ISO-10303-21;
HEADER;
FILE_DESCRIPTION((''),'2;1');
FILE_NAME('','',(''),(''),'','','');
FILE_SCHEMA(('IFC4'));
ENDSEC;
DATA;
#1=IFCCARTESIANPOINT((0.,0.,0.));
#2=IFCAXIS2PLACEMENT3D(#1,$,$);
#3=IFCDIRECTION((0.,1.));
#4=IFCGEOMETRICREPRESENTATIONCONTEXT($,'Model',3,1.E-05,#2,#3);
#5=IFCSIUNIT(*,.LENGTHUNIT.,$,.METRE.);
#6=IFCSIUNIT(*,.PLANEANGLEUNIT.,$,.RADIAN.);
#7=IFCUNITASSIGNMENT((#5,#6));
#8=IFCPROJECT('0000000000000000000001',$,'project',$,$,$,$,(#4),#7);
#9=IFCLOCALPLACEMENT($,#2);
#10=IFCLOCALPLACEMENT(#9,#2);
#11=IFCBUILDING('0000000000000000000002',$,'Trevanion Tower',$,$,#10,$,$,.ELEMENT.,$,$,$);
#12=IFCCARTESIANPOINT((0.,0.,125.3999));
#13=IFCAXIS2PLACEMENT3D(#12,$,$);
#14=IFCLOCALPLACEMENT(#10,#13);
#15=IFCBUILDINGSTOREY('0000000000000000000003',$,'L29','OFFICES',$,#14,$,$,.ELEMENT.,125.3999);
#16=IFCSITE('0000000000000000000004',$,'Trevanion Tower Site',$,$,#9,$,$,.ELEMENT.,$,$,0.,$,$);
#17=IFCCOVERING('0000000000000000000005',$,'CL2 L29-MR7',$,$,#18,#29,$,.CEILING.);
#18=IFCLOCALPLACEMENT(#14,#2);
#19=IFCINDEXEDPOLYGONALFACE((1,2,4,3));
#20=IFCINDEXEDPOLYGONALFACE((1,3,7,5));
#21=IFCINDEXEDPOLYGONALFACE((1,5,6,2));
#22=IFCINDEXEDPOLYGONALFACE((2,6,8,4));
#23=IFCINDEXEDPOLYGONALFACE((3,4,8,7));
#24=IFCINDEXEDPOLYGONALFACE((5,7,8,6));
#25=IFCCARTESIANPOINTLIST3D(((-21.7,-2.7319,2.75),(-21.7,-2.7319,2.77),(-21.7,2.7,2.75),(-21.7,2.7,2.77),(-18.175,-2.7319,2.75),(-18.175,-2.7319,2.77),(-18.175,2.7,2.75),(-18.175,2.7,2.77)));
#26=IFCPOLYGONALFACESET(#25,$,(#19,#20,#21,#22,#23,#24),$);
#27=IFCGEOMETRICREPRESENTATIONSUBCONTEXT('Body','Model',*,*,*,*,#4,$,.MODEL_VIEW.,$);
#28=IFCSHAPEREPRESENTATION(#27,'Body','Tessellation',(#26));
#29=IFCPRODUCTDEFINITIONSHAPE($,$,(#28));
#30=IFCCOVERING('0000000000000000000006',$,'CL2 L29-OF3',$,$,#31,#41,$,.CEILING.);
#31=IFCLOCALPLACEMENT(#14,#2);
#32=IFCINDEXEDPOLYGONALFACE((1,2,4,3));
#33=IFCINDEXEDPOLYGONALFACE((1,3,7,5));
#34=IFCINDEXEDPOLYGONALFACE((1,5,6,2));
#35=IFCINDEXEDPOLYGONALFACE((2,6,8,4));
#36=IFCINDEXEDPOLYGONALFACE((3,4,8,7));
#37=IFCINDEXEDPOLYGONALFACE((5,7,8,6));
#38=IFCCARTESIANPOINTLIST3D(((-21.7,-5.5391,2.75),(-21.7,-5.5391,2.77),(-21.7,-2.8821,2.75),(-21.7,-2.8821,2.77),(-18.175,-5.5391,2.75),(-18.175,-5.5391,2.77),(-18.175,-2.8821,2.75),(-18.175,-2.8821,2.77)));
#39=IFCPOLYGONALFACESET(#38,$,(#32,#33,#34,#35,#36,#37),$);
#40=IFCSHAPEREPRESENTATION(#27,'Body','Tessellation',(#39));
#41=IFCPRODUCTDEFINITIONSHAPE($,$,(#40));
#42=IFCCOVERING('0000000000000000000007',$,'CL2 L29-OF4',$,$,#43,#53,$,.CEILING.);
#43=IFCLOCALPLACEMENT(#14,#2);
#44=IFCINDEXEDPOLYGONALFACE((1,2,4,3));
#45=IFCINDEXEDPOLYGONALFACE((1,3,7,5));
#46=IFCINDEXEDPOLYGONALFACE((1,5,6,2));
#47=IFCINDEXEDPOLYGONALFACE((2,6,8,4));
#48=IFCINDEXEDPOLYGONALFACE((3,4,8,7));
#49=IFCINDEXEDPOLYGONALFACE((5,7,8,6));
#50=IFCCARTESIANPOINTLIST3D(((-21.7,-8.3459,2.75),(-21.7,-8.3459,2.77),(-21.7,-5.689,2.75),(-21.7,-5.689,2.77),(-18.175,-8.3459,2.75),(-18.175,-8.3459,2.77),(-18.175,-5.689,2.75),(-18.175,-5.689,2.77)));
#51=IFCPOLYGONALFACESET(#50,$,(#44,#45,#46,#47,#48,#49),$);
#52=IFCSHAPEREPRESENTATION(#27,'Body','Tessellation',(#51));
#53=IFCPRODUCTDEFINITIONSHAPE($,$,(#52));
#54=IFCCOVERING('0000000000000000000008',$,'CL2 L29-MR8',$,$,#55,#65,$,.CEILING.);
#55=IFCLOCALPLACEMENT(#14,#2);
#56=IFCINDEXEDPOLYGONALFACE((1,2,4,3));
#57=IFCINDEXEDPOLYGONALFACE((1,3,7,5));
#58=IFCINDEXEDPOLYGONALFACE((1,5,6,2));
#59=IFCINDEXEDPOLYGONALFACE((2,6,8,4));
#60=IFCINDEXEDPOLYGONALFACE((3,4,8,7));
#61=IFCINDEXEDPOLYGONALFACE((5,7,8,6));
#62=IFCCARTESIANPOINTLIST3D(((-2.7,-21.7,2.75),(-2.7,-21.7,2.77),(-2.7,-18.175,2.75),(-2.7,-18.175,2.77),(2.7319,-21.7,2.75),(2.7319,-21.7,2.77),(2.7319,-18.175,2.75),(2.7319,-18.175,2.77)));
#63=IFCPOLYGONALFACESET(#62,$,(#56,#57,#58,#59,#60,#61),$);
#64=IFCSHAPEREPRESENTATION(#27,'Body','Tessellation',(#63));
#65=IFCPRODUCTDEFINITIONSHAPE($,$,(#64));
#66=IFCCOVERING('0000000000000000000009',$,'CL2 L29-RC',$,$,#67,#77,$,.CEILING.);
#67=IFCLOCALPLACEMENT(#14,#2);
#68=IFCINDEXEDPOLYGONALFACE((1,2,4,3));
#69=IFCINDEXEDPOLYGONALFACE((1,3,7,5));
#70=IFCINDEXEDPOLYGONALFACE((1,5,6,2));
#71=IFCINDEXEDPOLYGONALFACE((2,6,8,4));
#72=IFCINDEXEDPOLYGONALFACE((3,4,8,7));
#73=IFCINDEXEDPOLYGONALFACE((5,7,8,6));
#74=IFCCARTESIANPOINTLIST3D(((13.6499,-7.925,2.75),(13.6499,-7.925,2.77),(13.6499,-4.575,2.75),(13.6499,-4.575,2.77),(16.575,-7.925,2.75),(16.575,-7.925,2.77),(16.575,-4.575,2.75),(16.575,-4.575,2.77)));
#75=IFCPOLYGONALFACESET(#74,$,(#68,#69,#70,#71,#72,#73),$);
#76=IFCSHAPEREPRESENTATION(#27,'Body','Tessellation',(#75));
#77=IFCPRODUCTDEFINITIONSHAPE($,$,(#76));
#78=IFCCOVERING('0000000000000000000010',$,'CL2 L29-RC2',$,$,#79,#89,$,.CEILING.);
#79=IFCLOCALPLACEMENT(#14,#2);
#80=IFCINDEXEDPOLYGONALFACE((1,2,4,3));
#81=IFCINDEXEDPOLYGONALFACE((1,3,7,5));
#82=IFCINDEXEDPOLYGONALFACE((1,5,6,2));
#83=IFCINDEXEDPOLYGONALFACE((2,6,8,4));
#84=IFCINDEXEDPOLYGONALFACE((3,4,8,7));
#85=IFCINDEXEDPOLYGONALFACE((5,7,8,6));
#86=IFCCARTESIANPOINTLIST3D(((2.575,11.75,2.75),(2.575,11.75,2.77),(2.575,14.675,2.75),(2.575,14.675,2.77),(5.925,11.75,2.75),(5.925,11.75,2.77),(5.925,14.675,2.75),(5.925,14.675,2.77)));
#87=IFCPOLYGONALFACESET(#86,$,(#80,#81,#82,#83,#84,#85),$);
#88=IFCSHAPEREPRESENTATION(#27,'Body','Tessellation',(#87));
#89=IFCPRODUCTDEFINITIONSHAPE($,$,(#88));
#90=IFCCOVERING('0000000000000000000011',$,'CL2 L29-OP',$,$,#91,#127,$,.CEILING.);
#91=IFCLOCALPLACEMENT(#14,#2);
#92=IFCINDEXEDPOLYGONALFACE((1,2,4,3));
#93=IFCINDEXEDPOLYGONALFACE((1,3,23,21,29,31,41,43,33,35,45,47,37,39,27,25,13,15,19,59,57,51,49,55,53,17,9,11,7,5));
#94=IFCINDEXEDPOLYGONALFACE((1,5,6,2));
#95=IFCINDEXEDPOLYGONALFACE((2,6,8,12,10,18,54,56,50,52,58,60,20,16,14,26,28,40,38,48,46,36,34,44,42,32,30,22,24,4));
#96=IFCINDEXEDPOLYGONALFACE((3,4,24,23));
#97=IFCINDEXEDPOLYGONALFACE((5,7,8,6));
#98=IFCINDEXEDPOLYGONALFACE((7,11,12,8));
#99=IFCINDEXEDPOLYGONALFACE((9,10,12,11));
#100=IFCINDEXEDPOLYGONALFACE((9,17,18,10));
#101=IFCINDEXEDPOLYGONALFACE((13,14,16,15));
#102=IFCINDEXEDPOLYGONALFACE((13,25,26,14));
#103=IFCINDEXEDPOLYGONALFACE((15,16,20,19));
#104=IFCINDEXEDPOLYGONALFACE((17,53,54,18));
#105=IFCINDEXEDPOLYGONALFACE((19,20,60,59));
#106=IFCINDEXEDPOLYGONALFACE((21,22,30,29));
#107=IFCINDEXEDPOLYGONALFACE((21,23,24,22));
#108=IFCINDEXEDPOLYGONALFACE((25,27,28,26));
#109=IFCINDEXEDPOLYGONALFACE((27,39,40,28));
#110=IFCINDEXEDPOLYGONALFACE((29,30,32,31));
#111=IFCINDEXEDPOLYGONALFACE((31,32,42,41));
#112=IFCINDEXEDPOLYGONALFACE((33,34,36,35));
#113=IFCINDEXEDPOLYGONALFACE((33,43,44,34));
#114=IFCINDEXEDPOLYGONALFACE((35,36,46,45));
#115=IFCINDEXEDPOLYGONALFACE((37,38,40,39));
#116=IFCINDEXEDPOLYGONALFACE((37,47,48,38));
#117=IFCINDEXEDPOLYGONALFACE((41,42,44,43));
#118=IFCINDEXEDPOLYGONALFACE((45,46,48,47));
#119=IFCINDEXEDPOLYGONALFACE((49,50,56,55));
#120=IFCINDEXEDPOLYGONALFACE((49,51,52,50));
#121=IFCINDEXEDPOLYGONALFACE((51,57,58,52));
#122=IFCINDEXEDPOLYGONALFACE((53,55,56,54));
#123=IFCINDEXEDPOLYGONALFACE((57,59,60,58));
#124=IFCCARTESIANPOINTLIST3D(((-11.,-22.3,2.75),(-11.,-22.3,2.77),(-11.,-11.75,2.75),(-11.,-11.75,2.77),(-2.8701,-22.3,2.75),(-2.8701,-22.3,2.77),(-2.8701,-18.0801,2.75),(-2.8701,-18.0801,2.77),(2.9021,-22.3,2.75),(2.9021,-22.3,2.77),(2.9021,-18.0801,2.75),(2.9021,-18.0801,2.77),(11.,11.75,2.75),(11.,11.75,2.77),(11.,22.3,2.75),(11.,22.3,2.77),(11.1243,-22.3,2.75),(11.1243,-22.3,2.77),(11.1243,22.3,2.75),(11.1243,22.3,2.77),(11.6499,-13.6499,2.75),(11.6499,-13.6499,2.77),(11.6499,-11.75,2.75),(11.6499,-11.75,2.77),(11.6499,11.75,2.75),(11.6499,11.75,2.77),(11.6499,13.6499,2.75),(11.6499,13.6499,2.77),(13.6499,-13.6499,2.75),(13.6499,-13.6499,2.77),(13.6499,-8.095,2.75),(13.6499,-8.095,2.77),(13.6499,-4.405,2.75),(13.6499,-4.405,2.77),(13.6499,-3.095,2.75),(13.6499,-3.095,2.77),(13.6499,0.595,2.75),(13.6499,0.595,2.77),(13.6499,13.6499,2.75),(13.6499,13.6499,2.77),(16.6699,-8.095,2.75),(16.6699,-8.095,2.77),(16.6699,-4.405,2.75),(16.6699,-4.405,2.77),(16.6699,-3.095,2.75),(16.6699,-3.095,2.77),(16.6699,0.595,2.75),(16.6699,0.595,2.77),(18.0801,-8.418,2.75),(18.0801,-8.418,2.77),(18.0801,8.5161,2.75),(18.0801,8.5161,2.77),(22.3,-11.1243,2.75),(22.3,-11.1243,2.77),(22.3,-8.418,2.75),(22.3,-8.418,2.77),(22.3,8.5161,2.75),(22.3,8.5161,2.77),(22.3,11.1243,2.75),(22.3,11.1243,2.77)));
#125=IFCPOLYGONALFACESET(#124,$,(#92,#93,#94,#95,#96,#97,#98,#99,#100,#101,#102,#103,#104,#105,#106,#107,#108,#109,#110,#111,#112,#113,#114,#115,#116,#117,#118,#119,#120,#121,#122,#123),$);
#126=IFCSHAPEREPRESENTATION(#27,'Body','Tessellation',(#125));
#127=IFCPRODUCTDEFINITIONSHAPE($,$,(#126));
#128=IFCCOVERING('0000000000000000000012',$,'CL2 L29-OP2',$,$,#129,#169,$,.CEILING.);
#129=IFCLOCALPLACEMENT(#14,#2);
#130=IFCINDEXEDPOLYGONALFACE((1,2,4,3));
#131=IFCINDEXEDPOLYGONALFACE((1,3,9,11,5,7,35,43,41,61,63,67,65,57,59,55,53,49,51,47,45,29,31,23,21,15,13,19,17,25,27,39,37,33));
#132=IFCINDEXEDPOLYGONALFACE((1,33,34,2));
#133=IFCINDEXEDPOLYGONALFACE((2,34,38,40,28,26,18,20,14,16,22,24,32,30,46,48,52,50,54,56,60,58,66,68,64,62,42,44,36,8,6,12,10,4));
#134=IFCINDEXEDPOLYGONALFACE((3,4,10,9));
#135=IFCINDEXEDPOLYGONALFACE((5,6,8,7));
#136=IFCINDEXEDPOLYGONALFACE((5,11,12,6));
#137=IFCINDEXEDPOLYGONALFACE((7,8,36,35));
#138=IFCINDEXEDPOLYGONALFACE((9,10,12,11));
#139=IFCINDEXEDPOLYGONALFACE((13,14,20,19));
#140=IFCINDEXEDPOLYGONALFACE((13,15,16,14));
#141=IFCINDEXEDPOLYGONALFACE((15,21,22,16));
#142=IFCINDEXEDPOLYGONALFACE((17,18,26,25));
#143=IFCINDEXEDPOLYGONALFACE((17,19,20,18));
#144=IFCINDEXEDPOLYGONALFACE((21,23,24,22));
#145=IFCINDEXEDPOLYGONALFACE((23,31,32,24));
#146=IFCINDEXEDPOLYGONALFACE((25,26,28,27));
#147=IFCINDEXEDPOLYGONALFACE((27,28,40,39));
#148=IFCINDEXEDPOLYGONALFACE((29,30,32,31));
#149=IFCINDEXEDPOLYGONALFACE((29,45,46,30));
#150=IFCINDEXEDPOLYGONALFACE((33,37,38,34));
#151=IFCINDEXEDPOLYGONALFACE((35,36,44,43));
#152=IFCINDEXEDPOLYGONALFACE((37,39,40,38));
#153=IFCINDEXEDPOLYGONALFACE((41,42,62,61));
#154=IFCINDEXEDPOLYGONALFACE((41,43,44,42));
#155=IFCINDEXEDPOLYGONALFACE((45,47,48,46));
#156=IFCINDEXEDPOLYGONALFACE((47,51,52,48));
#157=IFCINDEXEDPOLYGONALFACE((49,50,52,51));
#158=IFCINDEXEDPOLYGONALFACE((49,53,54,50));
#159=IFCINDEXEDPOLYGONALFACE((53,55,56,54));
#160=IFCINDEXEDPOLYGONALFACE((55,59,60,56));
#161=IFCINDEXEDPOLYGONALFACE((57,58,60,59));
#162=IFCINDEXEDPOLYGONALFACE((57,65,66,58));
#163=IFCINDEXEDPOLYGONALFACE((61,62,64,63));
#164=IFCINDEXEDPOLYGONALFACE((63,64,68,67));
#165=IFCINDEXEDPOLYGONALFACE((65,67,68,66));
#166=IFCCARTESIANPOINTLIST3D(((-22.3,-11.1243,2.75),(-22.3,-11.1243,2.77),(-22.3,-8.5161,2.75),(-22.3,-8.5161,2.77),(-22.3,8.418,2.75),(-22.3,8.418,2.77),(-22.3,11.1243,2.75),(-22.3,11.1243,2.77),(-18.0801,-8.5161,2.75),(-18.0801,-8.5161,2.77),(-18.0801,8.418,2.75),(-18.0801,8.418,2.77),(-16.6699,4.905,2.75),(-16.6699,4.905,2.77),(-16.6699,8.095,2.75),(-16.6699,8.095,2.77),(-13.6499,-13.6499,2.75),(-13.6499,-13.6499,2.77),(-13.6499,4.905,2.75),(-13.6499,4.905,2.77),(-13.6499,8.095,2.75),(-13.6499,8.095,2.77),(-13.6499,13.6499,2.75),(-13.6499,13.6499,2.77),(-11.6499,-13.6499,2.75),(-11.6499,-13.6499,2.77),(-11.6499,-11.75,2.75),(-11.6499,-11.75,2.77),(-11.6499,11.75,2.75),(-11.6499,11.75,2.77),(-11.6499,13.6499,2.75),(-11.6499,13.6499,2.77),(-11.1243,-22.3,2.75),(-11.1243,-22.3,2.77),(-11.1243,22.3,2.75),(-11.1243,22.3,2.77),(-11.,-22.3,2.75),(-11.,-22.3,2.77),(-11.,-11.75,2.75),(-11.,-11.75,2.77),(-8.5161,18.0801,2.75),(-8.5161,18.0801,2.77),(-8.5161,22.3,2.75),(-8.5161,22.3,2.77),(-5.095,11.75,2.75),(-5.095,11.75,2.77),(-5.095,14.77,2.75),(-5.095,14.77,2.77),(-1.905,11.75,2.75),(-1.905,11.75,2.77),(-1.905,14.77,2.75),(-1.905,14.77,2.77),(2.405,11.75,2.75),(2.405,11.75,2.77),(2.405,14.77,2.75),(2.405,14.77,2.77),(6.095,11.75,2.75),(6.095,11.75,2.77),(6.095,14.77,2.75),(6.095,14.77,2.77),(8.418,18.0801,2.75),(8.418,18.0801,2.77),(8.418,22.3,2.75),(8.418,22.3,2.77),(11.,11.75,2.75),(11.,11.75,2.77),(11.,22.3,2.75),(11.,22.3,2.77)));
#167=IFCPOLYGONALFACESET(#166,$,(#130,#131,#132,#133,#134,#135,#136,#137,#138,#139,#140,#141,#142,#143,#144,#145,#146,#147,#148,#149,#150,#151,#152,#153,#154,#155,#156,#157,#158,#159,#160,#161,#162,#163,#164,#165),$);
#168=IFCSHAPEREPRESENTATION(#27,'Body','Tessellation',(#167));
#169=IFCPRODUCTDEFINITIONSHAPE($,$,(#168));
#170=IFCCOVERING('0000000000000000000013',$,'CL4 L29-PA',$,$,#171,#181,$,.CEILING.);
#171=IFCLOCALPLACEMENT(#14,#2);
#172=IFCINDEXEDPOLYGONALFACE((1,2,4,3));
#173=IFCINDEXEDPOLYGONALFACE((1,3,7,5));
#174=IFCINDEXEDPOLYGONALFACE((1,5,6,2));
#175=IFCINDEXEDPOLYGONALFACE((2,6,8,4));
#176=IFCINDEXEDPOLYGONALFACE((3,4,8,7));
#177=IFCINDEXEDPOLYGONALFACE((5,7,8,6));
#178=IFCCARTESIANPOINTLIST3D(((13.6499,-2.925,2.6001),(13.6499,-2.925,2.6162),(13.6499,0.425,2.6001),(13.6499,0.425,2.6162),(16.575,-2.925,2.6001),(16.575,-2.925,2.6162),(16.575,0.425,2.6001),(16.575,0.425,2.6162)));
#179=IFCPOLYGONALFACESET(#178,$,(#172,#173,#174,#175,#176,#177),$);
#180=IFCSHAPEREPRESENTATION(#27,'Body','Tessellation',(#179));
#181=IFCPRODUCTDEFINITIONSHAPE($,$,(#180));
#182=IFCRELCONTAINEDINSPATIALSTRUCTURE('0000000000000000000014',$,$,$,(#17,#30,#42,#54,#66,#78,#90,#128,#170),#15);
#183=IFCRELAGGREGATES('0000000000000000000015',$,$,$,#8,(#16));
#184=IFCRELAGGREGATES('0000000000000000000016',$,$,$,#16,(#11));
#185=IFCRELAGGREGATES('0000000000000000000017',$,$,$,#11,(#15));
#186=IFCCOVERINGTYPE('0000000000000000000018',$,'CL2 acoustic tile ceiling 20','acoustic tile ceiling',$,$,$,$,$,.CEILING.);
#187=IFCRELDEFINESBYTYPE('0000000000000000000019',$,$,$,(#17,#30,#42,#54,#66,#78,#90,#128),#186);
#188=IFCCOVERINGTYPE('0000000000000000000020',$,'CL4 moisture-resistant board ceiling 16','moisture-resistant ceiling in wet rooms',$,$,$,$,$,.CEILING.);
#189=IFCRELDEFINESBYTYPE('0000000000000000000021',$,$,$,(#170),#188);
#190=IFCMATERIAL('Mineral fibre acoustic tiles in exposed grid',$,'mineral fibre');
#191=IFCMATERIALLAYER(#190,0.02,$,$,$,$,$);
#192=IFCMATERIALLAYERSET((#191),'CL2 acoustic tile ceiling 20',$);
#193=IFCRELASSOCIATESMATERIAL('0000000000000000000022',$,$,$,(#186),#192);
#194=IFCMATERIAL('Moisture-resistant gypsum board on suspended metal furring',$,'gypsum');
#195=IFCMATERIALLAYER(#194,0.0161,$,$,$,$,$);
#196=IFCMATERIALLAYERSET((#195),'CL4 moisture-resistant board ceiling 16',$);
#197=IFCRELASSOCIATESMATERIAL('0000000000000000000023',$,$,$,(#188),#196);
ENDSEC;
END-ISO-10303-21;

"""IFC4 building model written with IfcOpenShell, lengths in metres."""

from ifc_helpers import new_model, si_unit, direction, frame, origin, place, context, subcontext, project, spatial, polyline, outline, extrude, material, layer, layer_set, type_object, element, save


model = new_model("IFC4")

# Units and contexts
model_context = context("Model", 3, precision=1e-05, world=origin(), true_north=direction((0.0, 1.0)))
body_context = subcontext(model_context, "Body", "Model", "MODEL_VIEW")
ifc_project = project(units=[si_unit("LENGTHUNIT", "METRE"), si_unit("PLANEANGLEUNIT", "RADIAN")], contexts=[model_context])

# Site, building, storey
site_placement = place(None, origin())
site = spatial("IfcSite", under=ifc_project, at=site_placement, Name="Trevanion Tower Site", CompositionType="ELEMENT", RefElevation=0.0)
building_placement = place(site_placement, origin())
building = spatial("IfcBuilding", under=site, at=building_placement, Name="Trevanion Tower", CompositionType="ELEMENT")
storey_placement = place(building_placement, frame((0.0, 0.0, 125.3999)))
storey = spatial("IfcBuildingStorey", under=building, at=storey_placement, Name="L29", Description="OFFICES", CompositionType="ELEMENT", Elevation=125.3999)

# Coverings
ifc_material_1 = material(Name="Mineral fibre acoustic tiles in exposed grid", Category="mineral fibre")
ifc_layer_1 = layer(ifc_material_1, 0.02)
ifc_layer_set_1 = layer_set([ifc_layer_1], Name="CL2 acoustic tile ceiling 20")
covering_type_1 = type_object("IfcCoveringType", Name="CL2 acoustic tile ceiling 20", Description="acoustic tile ceiling", PredefinedType="CEILING", material=ifc_layer_set_1)
covering_1_placement = place(storey_placement, frame((0.0, 0.0, 2.75)))
element("IfcCovering", 1, at=covering_1_placement, inside=storey, type_object=covering_type_1, Name="CL2 L29-MR7", PredefinedType="CEILING", context=body_context, shape_type="SweptSolid", body=[
    extrude(outline(polyline([(-18.175, 2.7), (-18.175, -2.7319), (-21.7, -2.7319), (-21.7, 2.7), (-18.175, 2.7)])), origin(), (0.0, 0.0, 1.0), 0.02),
])
covering_2_placement = place(storey_placement, frame((0.0, 0.0, 2.75)))
element("IfcCovering", 2, at=covering_2_placement, inside=storey, type_object=covering_type_1, Name="CL2 L29-OF3", PredefinedType="CEILING", context=body_context, shape_type="SweptSolid", body=[
    extrude(outline(polyline([(-18.175, -2.8821), (-18.175, -5.5391), (-21.7, -5.5391), (-21.7, -2.8821), (-18.175, -2.8821)])), origin(), (0.0, 0.0, 1.0), 0.02),
])
covering_3_placement = place(storey_placement, frame((0.0, 0.0, 2.75)))
element("IfcCovering", 3, at=covering_3_placement, inside=storey, type_object=covering_type_1, Name="CL2 L29-OF4", PredefinedType="CEILING", context=body_context, shape_type="SweptSolid", body=[
    extrude(outline(polyline([(-18.175, -5.689), (-18.175, -8.3459), (-21.7, -8.3459), (-21.7, -5.689), (-18.175, -5.689)])), origin(), (0.0, 0.0, 1.0), 0.02),
])
covering_4_placement = place(storey_placement, frame((0.0, 0.0, 2.75)))
element("IfcCovering", 4, at=covering_4_placement, inside=storey, type_object=covering_type_1, Name="CL2 L29-MR8", PredefinedType="CEILING", context=body_context, shape_type="SweptSolid", body=[
    extrude(outline(polyline([(-2.7, -18.175), (2.7319, -18.175), (2.7319, -21.7), (-2.7, -21.7), (-2.7, -18.175)])), origin(), (0.0, 0.0, 1.0), 0.02),
])
covering_5_placement = place(storey_placement, frame((0.0, 0.0, 2.75)))
element("IfcCovering", 5, at=covering_5_placement, inside=storey, type_object=covering_type_1, Name="CL2 L29-RC", PredefinedType="CEILING", context=body_context, shape_type="SweptSolid", body=[
    extrude(outline(polyline([(13.6499, -7.925), (13.6499, -4.575), (16.575, -4.575), (16.575, -7.925), (13.6499, -7.925)])), origin(), (0.0, 0.0, 1.0), 0.02),
])
covering_6_placement = place(storey_placement, frame((0.0, 0.0, 2.75)))
element("IfcCovering", 6, at=covering_6_placement, inside=storey, type_object=covering_type_1, Name="CL2 L29-RC2", PredefinedType="CEILING", context=body_context, shape_type="SweptSolid", body=[
    extrude(outline(polyline([(2.575, 14.675), (5.925, 14.675), (5.925, 11.75), (2.575, 11.75), (2.575, 14.675)])), origin(), (0.0, 0.0, 1.0), 0.02),
])
covering_7_placement = place(storey_placement, frame((0.0, 0.0, 2.75)))
element("IfcCovering", 7, at=covering_7_placement, inside=storey, type_object=covering_type_1, Name="CL2 L29-OP", PredefinedType="CEILING", context=body_context, shape_type="SweptSolid", body=[
    extrude(outline(polyline([(11.6499, -13.6499), (13.6499, -13.6499), (13.6499, -8.095), (16.6699, -8.095), (16.6699, -4.405), (13.6499, -4.405), (13.6499, -3.095), (16.6699, -3.095), (16.6699, 0.595), (13.6499, 0.595), (13.6499, 13.6499), (11.6499, 13.6499), (11.6499, 11.75), (11.0, 11.75), (11.0, 22.3), (11.1243, 22.3), (22.3, 11.1243), (22.3, 8.5161), (18.0801, 8.5161), (18.0801, -8.418), (22.3, -8.418), (22.3, -11.1243), (11.1243, -22.3), (2.9021, -22.3), (2.9021, -18.0801), (-2.8701, -18.0801), (-2.8701, -22.3), (-11.0, -22.3), (-11.0, -11.75), (11.6499, -11.75), (11.6499, -13.6499)])), origin(), (0.0, 0.0, 1.0), 0.02),
])
covering_8_placement = place(storey_placement, frame((0.0, 0.0, 2.75)))
element("IfcCovering", 8, at=covering_8_placement, inside=storey, type_object=covering_type_1, Name="CL2 L29-OP2", PredefinedType="CEILING", context=body_context, shape_type="SweptSolid", body=[
    extrude(outline(polyline([(-11.6499, -13.6499), (-11.6499, -11.75), (-11.0, -11.75), (-11.0, -22.3), (-11.1243, -22.3), (-22.3, -11.1243), (-22.3, -8.5161), (-18.0801, -8.5161), (-18.0801, 8.418), (-22.3, 8.418), (-22.3, 11.1243), (-11.1243, 22.3), (-8.5161, 22.3), (-8.5161, 18.0801), (8.418, 18.0801), (8.418, 22.3), (11.0, 22.3), (11.0, 11.75), (6.095, 11.75), (6.095, 14.77), (2.405, 14.77), (2.405, 11.75), (-1.905, 11.75), (-1.905, 14.77), (-5.095, 14.77), (-5.095, 11.75), (-11.6499, 11.75), (-11.6499, 13.6499), (-13.6499, 13.6499), (-13.6499, 8.095), (-16.6699, 8.095), (-16.6699, 4.905), (-13.6499, 4.905), (-13.6499, -13.6499), (-11.6499, -13.6499)])), origin(), (0.0, 0.0, 1.0), 0.02),
])
ifc_material_2 = material(Name="Moisture-resistant gypsum board on suspended metal furring", Category="gypsum")
ifc_layer_2 = layer(ifc_material_2, 0.0161)
ifc_layer_set_2 = layer_set([ifc_layer_2], Name="CL4 moisture-resistant board ceiling 16")
covering_type_2 = type_object("IfcCoveringType", Name="CL4 moisture-resistant board ceiling 16", Description="moisture-resistant ceiling in wet rooms", PredefinedType="CEILING", material=ifc_layer_set_2)
covering_9_placement = place(storey_placement, frame((0.0, 0.0, 2.6001)))
element("IfcCovering", 9, at=covering_9_placement, inside=storey, type_object=covering_type_2, Name="CL4 L29-PA", PredefinedType="CEILING", context=body_context, shape_type="SweptSolid", body=[
    extrude(outline(polyline([(13.6499, -2.925), (13.6499, 0.425), (16.575, 0.425), (16.575, -2.925), (13.6499, -2.925)])), origin(), (0.0, 0.0, 1.0), 0.0161),
])

save(model, "model.ifc")
